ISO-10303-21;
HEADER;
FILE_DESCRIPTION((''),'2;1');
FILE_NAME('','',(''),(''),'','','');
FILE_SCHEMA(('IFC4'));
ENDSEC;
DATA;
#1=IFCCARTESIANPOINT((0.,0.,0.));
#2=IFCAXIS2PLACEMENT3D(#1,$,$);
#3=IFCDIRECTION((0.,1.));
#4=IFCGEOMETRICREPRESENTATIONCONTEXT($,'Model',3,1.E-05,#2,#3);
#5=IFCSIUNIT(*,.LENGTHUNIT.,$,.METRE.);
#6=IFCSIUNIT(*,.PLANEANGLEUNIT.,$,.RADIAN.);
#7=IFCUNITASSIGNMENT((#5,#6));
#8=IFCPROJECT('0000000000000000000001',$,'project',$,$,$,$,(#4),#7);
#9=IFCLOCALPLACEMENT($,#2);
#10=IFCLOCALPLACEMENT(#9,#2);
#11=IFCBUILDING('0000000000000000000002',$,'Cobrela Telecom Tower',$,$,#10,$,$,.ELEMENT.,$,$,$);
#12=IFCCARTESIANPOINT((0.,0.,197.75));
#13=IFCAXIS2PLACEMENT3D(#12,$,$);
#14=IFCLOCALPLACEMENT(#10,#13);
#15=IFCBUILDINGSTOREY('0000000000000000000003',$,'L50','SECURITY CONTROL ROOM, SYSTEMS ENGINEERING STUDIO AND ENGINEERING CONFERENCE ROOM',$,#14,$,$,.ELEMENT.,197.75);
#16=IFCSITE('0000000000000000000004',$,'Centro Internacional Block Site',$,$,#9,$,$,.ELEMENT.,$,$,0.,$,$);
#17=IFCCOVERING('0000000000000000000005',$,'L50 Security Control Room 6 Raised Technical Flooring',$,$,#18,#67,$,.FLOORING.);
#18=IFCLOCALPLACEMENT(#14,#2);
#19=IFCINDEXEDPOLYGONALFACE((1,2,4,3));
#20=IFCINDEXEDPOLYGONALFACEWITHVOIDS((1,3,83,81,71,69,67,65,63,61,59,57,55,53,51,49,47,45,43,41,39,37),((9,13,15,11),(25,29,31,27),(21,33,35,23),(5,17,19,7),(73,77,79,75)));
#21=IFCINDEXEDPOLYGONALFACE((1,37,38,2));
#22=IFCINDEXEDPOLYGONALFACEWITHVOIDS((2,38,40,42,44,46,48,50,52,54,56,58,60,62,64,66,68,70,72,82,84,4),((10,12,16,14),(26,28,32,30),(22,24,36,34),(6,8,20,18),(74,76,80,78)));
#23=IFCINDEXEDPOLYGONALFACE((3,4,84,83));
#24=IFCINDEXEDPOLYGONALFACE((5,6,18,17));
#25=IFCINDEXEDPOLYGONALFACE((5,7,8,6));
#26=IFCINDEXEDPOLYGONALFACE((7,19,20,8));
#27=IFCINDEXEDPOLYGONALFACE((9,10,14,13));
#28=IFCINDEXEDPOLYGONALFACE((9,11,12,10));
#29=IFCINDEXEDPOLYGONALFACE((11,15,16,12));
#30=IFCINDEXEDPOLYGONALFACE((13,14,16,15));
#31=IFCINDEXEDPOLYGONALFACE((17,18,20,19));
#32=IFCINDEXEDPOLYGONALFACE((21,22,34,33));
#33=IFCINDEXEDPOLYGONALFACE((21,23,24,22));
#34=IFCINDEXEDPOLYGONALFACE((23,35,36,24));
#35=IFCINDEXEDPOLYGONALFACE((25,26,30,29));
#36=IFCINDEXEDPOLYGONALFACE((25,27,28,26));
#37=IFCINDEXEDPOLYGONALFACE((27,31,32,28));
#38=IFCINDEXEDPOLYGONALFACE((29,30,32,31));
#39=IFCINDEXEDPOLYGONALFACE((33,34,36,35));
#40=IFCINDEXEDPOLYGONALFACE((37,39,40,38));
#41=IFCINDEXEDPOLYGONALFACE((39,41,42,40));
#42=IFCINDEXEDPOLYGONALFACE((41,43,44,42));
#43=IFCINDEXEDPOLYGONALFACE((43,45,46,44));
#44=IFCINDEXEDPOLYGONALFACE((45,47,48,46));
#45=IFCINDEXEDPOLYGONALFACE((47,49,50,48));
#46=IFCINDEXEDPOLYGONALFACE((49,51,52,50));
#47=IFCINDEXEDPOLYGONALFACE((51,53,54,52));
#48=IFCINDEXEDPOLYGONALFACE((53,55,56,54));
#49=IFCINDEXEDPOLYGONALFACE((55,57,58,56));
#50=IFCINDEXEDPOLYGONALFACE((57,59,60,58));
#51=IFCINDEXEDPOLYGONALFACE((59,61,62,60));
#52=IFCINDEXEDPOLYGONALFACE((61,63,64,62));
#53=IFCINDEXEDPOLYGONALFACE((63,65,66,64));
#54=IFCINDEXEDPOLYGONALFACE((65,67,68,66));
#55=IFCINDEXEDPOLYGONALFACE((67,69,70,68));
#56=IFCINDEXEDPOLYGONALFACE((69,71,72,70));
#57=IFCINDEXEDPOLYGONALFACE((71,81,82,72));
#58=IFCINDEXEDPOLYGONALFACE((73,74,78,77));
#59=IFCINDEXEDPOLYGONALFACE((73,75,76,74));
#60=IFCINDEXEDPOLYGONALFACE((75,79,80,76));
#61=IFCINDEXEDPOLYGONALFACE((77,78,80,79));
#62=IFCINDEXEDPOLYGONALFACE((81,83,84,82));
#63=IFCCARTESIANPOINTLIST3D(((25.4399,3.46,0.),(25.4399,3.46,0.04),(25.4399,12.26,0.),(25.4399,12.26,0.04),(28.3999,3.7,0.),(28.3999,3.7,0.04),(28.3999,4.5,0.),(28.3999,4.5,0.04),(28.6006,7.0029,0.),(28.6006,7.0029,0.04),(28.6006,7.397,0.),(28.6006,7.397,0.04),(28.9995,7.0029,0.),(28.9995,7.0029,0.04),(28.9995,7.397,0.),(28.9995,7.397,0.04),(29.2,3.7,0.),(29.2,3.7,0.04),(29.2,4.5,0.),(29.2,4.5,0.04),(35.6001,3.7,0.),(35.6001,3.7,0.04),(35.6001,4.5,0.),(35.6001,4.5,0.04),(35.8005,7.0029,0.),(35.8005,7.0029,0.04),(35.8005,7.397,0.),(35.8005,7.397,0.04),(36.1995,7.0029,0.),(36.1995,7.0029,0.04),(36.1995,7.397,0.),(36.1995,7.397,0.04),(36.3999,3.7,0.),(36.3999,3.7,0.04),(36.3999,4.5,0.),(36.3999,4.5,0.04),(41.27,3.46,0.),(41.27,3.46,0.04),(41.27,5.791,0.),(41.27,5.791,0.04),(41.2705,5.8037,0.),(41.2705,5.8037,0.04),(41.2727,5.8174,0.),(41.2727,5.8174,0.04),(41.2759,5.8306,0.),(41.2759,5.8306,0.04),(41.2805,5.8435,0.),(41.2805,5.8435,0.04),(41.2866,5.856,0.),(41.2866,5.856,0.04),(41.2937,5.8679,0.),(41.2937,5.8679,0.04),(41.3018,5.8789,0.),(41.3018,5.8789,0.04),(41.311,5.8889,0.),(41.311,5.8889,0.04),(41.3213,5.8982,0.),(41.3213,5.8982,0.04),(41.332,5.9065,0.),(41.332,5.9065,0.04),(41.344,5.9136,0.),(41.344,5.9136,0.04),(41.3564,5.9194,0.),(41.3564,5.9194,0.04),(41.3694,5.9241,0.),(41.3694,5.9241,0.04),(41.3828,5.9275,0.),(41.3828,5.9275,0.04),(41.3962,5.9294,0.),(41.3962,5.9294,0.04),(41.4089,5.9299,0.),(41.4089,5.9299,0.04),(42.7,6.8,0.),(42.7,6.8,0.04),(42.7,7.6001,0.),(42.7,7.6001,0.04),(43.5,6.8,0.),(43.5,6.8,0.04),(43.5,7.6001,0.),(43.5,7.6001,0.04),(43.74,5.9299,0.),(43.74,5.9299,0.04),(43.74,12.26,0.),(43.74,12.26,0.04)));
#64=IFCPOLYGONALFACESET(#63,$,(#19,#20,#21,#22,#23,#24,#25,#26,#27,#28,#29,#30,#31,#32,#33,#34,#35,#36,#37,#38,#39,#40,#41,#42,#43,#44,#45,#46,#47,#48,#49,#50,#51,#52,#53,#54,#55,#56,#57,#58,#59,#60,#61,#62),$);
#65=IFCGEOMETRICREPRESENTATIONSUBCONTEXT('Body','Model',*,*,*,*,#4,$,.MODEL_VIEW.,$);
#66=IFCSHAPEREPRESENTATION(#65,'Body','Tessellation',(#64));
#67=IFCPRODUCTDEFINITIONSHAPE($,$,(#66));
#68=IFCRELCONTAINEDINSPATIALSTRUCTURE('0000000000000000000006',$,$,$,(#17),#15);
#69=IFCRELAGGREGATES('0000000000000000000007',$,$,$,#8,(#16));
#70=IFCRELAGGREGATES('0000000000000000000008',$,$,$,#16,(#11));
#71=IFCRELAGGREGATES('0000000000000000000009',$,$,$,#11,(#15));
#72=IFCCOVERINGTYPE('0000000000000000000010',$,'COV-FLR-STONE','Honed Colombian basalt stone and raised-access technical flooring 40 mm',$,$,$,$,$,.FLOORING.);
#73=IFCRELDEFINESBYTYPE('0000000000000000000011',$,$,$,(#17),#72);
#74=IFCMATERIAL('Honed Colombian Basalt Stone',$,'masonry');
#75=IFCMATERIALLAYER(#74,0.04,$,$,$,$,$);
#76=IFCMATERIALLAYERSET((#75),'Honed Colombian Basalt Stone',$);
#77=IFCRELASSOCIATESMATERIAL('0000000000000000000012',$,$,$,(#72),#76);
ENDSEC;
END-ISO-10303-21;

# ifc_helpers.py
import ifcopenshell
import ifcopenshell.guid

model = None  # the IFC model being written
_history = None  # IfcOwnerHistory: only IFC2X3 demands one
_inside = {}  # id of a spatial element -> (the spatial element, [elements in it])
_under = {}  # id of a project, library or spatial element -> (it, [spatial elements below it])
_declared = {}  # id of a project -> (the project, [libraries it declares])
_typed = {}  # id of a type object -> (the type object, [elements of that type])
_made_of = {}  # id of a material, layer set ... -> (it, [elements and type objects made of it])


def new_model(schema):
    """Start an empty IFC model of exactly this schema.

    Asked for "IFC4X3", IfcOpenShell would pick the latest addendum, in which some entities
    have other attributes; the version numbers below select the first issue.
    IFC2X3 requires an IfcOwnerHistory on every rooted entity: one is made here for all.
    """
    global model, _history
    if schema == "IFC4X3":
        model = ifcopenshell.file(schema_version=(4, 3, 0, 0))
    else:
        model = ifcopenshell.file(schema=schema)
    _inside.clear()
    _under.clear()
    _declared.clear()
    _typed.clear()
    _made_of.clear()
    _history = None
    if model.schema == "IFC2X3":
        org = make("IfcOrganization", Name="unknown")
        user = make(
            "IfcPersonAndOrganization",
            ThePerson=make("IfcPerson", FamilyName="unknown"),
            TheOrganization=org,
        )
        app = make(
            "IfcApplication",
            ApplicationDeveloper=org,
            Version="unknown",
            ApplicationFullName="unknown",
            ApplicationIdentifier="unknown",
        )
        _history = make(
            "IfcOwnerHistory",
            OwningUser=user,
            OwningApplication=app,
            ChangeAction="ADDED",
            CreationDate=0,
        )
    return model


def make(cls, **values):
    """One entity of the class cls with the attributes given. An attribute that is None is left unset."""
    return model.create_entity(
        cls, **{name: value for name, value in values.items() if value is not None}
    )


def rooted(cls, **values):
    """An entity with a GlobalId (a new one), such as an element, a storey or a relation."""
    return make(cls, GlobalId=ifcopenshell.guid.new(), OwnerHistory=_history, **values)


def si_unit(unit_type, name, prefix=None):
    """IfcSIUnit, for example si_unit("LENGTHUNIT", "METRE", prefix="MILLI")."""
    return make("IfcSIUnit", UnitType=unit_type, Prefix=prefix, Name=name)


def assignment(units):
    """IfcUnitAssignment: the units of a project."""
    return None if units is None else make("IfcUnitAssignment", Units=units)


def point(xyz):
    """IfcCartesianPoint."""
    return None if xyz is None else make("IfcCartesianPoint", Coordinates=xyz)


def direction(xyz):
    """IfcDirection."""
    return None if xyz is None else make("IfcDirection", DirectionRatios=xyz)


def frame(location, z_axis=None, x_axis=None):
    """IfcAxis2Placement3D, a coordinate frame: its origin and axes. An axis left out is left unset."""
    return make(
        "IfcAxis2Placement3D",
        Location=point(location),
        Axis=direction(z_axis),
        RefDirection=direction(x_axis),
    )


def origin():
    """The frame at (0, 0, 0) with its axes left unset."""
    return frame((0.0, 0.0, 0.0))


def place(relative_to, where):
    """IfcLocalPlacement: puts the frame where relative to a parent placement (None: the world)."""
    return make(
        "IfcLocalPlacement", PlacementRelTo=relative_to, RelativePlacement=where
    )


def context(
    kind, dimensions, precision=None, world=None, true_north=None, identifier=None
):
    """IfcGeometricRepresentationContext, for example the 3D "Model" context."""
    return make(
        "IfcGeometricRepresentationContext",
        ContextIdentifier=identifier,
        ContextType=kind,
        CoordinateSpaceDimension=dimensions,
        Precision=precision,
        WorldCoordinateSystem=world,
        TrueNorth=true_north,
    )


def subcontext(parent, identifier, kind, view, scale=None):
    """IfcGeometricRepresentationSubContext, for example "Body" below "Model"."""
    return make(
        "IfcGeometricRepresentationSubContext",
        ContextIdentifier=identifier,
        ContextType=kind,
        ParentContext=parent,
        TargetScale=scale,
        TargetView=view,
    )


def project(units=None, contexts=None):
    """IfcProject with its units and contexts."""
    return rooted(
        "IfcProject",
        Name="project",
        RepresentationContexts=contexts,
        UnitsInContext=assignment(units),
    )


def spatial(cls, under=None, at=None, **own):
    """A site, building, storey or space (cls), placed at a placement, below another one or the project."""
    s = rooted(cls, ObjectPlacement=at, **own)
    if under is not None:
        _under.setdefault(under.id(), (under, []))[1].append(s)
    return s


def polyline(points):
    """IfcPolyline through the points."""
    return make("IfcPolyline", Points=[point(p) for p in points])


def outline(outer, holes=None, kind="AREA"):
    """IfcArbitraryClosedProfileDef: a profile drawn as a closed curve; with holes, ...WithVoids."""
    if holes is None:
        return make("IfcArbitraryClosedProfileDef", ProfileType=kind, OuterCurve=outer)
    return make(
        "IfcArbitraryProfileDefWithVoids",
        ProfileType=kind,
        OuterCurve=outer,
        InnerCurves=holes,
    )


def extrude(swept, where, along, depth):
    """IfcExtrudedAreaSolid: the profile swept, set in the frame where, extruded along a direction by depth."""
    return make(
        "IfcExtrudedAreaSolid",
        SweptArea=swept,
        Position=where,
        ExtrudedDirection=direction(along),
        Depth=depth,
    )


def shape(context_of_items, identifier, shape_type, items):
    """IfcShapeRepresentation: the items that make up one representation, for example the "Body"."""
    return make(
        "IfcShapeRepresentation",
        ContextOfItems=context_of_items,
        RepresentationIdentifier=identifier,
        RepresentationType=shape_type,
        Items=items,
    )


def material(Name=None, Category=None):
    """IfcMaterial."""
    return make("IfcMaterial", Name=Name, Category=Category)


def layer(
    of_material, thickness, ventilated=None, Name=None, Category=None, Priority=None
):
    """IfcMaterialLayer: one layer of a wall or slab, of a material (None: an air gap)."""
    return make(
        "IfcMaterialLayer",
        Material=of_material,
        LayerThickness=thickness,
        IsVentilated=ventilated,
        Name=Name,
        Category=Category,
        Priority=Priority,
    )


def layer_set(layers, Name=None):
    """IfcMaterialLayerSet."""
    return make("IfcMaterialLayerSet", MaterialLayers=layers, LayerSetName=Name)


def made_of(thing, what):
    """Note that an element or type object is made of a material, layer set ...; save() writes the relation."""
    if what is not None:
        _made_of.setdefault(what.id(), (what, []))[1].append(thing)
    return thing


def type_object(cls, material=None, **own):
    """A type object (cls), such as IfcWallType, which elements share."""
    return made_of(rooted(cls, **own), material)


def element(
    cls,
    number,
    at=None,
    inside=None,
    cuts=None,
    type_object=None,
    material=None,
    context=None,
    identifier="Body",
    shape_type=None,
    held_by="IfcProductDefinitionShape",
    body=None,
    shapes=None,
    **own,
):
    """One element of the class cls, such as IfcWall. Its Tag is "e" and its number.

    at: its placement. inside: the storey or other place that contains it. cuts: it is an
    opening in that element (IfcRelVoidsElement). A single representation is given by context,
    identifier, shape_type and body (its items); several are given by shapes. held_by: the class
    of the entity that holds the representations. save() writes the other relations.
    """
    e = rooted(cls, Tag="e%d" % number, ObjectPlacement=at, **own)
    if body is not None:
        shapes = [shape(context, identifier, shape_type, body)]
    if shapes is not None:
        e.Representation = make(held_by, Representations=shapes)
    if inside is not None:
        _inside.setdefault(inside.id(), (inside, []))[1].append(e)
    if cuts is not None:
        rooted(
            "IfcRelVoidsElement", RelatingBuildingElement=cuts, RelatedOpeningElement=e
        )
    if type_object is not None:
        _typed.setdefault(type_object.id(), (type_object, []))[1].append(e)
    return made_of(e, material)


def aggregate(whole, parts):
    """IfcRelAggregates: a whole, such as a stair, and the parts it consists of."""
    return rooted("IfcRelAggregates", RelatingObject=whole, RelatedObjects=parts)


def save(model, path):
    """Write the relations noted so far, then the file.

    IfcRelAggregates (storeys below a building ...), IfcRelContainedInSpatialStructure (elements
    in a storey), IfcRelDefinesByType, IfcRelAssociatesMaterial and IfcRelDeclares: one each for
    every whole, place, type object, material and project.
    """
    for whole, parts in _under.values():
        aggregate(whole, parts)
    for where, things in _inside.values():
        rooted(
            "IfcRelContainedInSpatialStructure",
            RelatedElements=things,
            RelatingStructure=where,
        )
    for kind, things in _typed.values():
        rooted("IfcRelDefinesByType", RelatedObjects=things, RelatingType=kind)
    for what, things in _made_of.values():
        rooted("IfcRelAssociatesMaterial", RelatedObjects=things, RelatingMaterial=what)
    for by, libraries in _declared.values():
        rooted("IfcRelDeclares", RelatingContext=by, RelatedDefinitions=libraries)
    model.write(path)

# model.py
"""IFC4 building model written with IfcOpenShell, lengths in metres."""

from ifc_helpers import new_model, si_unit, direction, frame, origin, place, context, subcontext, project, spatial, polyline, outline, extrude, material, layer, layer_set, type_object, element, save


model = new_model("IFC4")

# Units and contexts
model_context = context("Model", 3, precision=1e-05, world=origin(), true_north=direction((0.0, 1.0)))
body_context = subcontext(model_context, "Body", "Model", "MODEL_VIEW")
ifc_project = project(units=[si_unit("LENGTHUNIT", "METRE"), si_unit("PLANEANGLEUNIT", "RADIAN")], contexts=[model_context])

# Site, building, storey
site_placement = place(None, origin())
site = spatial("IfcSite", under=ifc_project, at=site_placement, Name="Centro Internacional Block Site", CompositionType="ELEMENT", RefElevation=0.0)
building_placement = place(site_placement, origin())
building = spatial("IfcBuilding", under=site, at=building_placement, Name="Cobrela Telecom Tower", CompositionType="ELEMENT")
storey_placement = place(building_placement, frame((0.0, 0.0, 197.75)))
storey = spatial("IfcBuildingStorey", under=building, at=storey_placement, Name="L50", Description="SECURITY CONTROL ROOM, SYSTEMS ENGINEERING STUDIO AND ENGINEERING CONFERENCE ROOM", CompositionType="ELEMENT", Elevation=197.75)

# Covering
ifc_material_1 = material(Name="Honed Colombian Basalt Stone", Category="masonry")
ifc_layer_1 = layer(ifc_material_1, 0.04)
ifc_layer_set_1 = layer_set([ifc_layer_1], Name="Honed Colombian Basalt Stone")
covering_type_1 = type_object("IfcCoveringType", Name="COV-FLR-STONE", Description="Honed Colombian basalt stone and raised-access technical flooring 40 mm", PredefinedType="FLOORING", material=ifc_layer_set_1)
covering_1_placement = place(storey_placement, origin())
element("IfcCovering", 1, at=covering_1_placement, inside=storey, type_object=covering_type_1, Name="L50 Security Control Room 6 Raised Technical Flooring", PredefinedType="FLOORING", context=body_context, shape_type="SweptSolid", body=[
    extrude(outline(polyline([(43.74, 5.9299), (41.4089, 5.9299), (41.3962, 5.9294), (41.3828, 5.9275), (41.3694, 5.9241), (41.3564, 5.9194), (41.344, 5.9136), (41.332, 5.9065), (41.3213, 5.8982), (41.311, 5.8889), (41.3018, 5.8789), (41.2937, 5.8679), (41.2866, 5.856), (41.2805, 5.8435), (41.2759, 5.8306), (41.2727, 5.8174), (41.2705, 5.8037), (41.27, 5.791), (41.27, 3.46), (25.4399, 3.46), (25.4399, 12.26), (43.74, 12.26), (43.74, 5.9299)]), holes=[polyline([(29.2, 3.7), (29.2, 4.5), (28.3999, 4.5), (28.3999, 3.7), (29.2, 3.7)]), polyline([(36.3999, 4.5), (35.6001, 4.5), (35.6001, 3.7), (36.3999, 3.7), (36.3999, 4.5)]), polyline([(28.9995, 7.397), (28.6006, 7.397), (28.6006, 7.0029), (28.9995, 7.0029), (28.9995, 7.397)]), polyline([(36.1995, 7.0029), (36.1995, 7.397), (35.8005, 7.397), (35.8005, 7.0029), (36.1995, 7.0029)]), polyline([(43.5, 6.8), (43.5, 7.6001), (42.7, 7.6001), (42.7, 6.8), (43.5, 6.8)])]), origin(), (0.0, 0.0, 1.0), 0.04),
])

save(model, "model.ifc")
